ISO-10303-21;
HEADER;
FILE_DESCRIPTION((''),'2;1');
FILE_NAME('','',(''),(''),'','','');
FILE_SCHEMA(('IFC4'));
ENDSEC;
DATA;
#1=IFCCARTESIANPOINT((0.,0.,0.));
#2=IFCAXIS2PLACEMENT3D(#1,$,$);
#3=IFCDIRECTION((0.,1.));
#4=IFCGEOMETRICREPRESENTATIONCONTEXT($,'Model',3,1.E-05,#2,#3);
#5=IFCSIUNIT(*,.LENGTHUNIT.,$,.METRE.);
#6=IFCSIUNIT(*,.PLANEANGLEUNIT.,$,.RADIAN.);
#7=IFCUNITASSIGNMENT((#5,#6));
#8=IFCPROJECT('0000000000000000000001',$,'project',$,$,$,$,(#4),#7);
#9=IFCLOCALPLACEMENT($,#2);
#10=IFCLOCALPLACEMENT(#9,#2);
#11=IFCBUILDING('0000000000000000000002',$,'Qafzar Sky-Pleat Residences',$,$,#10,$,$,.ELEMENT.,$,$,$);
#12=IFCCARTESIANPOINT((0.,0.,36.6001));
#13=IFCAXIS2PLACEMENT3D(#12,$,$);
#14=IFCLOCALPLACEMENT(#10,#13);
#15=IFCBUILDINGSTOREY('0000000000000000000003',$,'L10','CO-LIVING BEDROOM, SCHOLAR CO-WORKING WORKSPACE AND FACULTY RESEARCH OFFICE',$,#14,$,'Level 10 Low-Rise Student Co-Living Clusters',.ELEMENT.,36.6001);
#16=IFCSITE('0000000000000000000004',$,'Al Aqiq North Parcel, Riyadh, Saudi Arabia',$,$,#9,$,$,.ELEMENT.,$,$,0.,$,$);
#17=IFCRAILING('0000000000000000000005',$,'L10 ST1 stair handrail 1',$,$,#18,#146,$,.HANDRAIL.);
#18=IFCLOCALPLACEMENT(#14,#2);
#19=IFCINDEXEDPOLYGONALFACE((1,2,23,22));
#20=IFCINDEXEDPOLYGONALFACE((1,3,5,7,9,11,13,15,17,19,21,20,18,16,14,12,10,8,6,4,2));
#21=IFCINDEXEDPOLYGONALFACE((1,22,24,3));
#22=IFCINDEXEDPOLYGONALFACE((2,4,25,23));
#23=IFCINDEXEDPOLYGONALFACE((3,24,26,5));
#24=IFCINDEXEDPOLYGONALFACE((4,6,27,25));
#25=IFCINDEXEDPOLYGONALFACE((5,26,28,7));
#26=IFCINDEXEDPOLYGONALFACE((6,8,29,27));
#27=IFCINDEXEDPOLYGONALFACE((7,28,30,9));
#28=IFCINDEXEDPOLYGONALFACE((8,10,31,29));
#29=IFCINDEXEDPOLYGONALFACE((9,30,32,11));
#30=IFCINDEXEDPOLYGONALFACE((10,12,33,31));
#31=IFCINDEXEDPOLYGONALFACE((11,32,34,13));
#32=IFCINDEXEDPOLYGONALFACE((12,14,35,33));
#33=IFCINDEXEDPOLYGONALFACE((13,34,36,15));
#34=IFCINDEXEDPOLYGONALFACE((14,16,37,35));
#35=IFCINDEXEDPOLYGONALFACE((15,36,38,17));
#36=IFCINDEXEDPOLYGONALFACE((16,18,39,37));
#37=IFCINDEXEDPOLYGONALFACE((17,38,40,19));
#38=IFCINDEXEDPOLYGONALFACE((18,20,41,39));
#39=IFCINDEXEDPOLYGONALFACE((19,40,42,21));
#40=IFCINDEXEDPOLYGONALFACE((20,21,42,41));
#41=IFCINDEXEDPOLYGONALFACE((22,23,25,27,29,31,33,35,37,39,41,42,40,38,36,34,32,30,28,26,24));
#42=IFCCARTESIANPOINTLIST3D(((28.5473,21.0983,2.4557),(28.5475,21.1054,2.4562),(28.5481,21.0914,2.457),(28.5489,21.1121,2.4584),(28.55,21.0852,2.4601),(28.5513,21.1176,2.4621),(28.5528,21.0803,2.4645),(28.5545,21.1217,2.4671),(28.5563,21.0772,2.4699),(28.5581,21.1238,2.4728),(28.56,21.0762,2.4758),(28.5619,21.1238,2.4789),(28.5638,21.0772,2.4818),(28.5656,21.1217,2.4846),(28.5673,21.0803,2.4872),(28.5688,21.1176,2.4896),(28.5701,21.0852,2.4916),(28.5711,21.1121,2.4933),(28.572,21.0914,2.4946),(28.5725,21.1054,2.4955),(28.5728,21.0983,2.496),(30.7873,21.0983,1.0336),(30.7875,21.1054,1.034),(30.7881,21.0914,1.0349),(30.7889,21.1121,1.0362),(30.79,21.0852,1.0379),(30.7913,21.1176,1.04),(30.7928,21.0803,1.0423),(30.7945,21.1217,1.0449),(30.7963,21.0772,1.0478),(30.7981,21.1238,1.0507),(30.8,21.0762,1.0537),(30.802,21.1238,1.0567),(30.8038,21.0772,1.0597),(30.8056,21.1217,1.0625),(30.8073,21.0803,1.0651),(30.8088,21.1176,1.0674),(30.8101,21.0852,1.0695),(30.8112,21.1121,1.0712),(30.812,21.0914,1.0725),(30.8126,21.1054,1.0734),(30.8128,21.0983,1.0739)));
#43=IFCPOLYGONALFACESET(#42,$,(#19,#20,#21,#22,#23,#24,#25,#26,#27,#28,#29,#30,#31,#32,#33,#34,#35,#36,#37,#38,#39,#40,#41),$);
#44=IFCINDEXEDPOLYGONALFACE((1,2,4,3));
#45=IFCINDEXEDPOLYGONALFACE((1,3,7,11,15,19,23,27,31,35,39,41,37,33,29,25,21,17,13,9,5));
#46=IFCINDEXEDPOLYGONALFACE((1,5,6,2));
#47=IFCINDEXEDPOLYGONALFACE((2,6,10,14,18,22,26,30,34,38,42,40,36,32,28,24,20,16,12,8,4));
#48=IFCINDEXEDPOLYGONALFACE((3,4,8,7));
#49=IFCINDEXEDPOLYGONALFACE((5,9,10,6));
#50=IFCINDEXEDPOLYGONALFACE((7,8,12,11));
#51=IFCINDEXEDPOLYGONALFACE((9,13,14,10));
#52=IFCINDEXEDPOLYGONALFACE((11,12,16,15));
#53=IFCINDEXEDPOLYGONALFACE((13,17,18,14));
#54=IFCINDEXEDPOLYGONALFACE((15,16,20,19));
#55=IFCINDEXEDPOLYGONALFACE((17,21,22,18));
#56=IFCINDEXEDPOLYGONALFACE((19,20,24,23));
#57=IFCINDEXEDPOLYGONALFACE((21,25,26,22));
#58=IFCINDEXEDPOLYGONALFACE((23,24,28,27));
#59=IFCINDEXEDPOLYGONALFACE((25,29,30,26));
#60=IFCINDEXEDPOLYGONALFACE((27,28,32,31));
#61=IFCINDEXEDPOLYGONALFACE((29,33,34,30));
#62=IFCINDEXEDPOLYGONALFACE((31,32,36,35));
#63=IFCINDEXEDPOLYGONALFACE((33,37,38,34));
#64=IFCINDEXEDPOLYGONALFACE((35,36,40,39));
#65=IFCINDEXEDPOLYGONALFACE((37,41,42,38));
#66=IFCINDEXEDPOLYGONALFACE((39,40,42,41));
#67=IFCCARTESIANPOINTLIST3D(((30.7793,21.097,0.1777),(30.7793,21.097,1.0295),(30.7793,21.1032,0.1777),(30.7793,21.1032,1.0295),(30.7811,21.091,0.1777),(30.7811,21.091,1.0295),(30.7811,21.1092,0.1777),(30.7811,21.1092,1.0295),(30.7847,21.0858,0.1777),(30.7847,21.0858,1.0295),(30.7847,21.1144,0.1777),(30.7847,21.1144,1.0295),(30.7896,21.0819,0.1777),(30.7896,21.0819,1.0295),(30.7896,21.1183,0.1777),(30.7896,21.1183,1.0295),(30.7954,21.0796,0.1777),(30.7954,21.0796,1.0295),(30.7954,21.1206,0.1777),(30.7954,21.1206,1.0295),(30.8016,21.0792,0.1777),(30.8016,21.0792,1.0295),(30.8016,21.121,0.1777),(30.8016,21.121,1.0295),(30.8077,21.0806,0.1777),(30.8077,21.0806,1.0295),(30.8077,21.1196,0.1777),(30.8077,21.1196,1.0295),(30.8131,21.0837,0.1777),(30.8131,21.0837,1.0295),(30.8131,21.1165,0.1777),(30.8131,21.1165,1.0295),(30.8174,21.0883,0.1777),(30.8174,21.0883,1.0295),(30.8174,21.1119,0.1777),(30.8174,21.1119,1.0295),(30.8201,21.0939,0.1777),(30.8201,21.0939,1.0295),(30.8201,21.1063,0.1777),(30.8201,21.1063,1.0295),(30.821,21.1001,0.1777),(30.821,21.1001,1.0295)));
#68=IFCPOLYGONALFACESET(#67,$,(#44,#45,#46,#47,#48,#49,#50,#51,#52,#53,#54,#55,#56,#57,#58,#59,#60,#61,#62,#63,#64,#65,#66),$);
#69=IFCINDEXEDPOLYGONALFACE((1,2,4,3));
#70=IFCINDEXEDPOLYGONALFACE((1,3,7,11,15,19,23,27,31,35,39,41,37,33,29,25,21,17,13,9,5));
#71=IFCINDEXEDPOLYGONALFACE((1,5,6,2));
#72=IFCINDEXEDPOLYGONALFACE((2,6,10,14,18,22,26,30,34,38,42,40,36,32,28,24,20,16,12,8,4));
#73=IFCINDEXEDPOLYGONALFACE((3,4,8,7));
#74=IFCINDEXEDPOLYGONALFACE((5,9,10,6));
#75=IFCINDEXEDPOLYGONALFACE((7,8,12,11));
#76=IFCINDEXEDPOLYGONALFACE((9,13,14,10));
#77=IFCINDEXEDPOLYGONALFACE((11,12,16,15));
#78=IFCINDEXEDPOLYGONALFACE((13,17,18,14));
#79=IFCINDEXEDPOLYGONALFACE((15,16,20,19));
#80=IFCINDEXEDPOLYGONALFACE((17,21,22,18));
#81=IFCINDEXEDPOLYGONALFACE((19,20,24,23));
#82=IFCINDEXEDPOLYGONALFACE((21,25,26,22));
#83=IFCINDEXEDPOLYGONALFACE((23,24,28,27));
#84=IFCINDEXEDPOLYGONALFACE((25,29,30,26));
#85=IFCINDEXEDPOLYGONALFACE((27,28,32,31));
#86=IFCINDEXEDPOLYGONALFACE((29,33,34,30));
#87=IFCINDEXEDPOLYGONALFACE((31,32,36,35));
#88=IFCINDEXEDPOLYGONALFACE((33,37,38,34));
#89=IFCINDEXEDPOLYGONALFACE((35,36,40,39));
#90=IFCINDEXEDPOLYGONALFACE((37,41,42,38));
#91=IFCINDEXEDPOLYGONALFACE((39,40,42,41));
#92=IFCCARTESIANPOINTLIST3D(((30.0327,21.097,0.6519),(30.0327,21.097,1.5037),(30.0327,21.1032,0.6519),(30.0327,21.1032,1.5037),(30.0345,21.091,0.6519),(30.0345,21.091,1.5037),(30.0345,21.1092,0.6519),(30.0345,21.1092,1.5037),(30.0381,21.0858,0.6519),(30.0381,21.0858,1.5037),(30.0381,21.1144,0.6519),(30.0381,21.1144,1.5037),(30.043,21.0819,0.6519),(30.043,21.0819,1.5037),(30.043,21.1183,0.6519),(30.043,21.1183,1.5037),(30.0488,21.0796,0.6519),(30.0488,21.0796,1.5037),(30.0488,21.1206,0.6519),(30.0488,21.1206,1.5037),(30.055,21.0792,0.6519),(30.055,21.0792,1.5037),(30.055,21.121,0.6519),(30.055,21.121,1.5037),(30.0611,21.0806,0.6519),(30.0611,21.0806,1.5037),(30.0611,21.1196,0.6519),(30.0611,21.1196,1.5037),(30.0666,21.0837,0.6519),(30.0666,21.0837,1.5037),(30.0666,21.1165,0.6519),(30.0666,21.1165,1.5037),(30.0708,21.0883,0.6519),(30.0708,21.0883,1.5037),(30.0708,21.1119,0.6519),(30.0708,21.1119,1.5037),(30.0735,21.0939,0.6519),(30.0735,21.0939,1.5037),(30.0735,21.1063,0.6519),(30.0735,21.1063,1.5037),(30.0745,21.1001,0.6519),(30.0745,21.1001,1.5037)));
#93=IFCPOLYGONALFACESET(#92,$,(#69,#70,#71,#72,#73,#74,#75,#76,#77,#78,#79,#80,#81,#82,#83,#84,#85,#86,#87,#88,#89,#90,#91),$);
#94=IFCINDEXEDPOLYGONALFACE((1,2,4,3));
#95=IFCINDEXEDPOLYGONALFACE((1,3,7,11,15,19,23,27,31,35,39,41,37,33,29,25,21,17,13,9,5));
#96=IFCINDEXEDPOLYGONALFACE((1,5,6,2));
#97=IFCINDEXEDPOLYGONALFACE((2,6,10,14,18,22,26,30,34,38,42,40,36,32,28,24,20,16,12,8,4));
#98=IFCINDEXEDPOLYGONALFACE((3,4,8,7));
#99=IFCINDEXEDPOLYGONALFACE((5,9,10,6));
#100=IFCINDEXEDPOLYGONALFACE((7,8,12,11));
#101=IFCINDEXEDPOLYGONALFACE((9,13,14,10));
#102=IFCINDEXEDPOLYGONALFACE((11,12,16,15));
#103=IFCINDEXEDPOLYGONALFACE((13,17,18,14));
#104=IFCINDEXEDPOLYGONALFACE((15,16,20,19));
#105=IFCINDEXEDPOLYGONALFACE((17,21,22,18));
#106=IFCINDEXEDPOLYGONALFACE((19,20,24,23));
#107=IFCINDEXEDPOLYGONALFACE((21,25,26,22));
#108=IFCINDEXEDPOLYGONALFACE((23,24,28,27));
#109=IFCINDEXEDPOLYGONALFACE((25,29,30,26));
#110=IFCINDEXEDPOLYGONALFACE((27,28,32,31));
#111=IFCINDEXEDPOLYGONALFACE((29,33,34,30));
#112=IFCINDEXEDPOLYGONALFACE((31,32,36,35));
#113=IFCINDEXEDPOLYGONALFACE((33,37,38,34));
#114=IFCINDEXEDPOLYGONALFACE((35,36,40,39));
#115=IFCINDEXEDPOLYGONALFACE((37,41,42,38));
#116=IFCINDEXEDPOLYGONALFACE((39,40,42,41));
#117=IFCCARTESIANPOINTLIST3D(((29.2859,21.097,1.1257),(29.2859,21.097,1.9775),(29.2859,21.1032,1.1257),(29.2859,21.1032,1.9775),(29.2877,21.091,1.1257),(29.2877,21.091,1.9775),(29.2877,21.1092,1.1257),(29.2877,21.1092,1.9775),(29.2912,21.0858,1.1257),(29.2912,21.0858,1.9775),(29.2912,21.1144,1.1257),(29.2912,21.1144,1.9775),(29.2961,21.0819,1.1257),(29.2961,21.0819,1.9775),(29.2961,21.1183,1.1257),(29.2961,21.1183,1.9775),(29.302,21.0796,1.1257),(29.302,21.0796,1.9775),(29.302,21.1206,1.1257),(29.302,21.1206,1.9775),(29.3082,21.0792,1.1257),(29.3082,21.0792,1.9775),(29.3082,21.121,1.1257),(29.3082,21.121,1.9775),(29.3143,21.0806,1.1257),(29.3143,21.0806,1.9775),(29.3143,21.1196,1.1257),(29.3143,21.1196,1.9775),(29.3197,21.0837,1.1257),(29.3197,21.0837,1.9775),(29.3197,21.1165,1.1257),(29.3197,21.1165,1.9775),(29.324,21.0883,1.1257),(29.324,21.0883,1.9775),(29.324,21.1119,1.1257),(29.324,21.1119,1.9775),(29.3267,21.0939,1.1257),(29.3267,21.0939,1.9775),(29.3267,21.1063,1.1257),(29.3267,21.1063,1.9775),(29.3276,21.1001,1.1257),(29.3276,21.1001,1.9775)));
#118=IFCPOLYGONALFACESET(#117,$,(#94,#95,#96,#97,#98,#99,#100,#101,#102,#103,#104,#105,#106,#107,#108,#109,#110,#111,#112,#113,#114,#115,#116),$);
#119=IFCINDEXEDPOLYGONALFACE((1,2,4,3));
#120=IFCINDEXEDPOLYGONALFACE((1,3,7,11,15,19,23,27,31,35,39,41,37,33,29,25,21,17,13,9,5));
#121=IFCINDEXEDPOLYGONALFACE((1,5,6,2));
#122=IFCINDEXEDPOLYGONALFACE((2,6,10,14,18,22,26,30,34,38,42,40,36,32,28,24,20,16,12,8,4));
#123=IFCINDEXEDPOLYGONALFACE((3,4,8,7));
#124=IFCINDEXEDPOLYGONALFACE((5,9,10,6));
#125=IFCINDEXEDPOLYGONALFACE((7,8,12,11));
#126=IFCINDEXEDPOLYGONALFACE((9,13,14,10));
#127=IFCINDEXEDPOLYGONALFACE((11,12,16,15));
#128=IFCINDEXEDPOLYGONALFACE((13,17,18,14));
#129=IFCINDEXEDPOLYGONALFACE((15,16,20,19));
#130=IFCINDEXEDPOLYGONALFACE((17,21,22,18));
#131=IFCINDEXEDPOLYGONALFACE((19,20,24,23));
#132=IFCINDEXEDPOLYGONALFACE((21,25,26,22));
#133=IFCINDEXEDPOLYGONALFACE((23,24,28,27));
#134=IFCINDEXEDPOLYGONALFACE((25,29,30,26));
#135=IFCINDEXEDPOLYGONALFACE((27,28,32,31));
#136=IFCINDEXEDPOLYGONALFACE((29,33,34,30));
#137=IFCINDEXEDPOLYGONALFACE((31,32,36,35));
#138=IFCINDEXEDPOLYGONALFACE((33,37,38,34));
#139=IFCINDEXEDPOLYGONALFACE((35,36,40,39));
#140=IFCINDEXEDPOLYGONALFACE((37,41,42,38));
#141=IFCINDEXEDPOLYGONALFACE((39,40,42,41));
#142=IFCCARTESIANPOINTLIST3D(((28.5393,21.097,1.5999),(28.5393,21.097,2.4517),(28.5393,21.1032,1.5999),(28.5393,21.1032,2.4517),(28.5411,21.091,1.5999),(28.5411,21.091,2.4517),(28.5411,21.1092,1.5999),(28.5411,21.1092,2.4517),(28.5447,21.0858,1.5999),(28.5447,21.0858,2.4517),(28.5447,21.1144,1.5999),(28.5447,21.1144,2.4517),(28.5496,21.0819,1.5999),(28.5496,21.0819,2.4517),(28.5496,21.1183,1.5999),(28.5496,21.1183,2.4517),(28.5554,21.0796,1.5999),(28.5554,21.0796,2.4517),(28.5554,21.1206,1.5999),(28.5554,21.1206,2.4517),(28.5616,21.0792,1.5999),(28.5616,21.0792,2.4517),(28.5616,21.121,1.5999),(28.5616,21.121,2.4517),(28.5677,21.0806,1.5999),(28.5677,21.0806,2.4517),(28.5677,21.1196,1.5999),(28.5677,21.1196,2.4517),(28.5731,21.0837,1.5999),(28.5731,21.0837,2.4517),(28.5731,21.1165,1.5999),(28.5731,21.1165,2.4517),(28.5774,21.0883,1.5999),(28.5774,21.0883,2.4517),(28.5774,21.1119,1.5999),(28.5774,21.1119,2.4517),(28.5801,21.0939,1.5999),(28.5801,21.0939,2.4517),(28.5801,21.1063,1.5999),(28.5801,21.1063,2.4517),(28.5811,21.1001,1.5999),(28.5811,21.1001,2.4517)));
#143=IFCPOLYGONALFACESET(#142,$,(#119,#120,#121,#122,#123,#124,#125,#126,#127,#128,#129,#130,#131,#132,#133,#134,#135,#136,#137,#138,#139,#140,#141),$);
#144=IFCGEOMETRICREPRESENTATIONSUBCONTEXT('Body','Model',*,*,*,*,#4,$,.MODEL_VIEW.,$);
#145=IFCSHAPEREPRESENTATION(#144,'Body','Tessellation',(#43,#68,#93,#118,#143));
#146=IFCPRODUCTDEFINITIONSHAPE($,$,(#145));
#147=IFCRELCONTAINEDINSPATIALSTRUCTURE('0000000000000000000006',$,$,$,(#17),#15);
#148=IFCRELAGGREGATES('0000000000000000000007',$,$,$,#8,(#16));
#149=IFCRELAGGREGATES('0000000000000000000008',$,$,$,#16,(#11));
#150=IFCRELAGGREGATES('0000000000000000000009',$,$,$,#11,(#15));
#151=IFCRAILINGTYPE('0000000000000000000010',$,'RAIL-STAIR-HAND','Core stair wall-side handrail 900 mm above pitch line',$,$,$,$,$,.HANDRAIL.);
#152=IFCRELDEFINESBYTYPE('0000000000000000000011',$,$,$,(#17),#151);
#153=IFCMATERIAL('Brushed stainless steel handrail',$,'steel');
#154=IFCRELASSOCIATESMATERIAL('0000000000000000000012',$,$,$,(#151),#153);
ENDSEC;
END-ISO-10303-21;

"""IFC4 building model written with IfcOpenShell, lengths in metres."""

from ifc_helpers import new_model, si_unit, direction, frame, origin, origin_2d, place, context, subcontext, project, spatial, circle, extrude, source, transform, mapped, material, type_object, element, save


model = new_model("IFC4")

# Units and contexts
model_context = context("Model", 3, precision=1e-05, world=origin(), true_north=direction((0.0, 1.0)))
body_context = subcontext(model_context, "Body", "Model", "MODEL_VIEW")
ifc_project = project(units=[si_unit("LENGTHUNIT", "METRE"), si_unit("PLANEANGLEUNIT", "RADIAN")], contexts=[model_context])

# Site, building, storey
site_placement = place(None, origin())
site = spatial("IfcSite", under=ifc_project, at=site_placement, Name="Al Aqiq North Parcel, Riyadh, Saudi Arabia", CompositionType="ELEMENT", RefElevation=0.0)
building_placement = place(site_placement, origin())
building = spatial("IfcBuilding", under=site, at=building_placement, Name="Qafzar Sky-Pleat Residences", CompositionType="ELEMENT")
storey_placement = place(building_placement, frame((0.0, 0.0, 36.6001)))
storey = spatial("IfcBuildingStorey", under=building, at=storey_placement, Name="L10", Description="CO-LIVING BEDROOM, SCHOLAR CO-WORKING WORKSPACE AND FACULTY RESEARCH OFFICE", LongName="Level 10 Low-Rise Student Co-Living Clusters", CompositionType="ELEMENT", Elevation=36.6001)

# Railing
ifc_material_1 = material(Name="Brushed stainless steel handrail", Category="steel")
railing_type_1 = type_object("IfcRailingType", Name="RAIL-STAIR-HAND", Description="Core stair wall-side handrail 900 mm above pitch line", PredefinedType="HANDRAIL", material=ifc_material_1)
shared_shape_1 = source(origin(), body_context, "Body", "SweptSolid", [
    extrude(circle(Radius=0.0239, at=origin_2d()), frame((0.0, 0.0, 0.876), z_axis=(-0.844229, 0.0, 0.535982), x_axis=(0.0, -1.0, 0.0)), (0.0, 0.0, 1.0), 2.6533),
    extrude(circle(Radius=0.021, at=origin_2d()), origin(), (0.0, 0.0, 1.0), 0.8518),
    extrude(circle(Radius=0.021, at=origin_2d()), frame((-0.7466, 0.0, 0.4741)), (0.0, 0.0, 1.0), 0.8518),
    extrude(circle(Radius=0.021, at=origin_2d()), frame((-1.4934, 0.0, 0.948)), (0.0, 0.0, 1.0), 0.8518),
    extrude(circle(Radius=0.021, at=origin_2d()), frame((-2.24, 0.0, 1.4221)), (0.0, 0.0, 1.0), 0.8518),
])
railing_1_placement = place(storey_placement, frame((30.8, 21.1001, 0.1777)))
element("IfcRailing", 1, at=railing_1_placement, inside=storey, type_object=railing_type_1, Name="L10 ST1 stair handrail 1", PredefinedType="HANDRAIL", context=body_context, shape_type="MappedRepresentation", body=[
    mapped(shared_shape_1, transform((0.0, 0.0, 0.0), x_axis=(1.0, 0.0, 0.0), y_axis=(0.0, 1.0, 0.0), z_axis=(0.0, 0.0, 1.0), scale=1.0)),
])

save(model, "model.ifc")
